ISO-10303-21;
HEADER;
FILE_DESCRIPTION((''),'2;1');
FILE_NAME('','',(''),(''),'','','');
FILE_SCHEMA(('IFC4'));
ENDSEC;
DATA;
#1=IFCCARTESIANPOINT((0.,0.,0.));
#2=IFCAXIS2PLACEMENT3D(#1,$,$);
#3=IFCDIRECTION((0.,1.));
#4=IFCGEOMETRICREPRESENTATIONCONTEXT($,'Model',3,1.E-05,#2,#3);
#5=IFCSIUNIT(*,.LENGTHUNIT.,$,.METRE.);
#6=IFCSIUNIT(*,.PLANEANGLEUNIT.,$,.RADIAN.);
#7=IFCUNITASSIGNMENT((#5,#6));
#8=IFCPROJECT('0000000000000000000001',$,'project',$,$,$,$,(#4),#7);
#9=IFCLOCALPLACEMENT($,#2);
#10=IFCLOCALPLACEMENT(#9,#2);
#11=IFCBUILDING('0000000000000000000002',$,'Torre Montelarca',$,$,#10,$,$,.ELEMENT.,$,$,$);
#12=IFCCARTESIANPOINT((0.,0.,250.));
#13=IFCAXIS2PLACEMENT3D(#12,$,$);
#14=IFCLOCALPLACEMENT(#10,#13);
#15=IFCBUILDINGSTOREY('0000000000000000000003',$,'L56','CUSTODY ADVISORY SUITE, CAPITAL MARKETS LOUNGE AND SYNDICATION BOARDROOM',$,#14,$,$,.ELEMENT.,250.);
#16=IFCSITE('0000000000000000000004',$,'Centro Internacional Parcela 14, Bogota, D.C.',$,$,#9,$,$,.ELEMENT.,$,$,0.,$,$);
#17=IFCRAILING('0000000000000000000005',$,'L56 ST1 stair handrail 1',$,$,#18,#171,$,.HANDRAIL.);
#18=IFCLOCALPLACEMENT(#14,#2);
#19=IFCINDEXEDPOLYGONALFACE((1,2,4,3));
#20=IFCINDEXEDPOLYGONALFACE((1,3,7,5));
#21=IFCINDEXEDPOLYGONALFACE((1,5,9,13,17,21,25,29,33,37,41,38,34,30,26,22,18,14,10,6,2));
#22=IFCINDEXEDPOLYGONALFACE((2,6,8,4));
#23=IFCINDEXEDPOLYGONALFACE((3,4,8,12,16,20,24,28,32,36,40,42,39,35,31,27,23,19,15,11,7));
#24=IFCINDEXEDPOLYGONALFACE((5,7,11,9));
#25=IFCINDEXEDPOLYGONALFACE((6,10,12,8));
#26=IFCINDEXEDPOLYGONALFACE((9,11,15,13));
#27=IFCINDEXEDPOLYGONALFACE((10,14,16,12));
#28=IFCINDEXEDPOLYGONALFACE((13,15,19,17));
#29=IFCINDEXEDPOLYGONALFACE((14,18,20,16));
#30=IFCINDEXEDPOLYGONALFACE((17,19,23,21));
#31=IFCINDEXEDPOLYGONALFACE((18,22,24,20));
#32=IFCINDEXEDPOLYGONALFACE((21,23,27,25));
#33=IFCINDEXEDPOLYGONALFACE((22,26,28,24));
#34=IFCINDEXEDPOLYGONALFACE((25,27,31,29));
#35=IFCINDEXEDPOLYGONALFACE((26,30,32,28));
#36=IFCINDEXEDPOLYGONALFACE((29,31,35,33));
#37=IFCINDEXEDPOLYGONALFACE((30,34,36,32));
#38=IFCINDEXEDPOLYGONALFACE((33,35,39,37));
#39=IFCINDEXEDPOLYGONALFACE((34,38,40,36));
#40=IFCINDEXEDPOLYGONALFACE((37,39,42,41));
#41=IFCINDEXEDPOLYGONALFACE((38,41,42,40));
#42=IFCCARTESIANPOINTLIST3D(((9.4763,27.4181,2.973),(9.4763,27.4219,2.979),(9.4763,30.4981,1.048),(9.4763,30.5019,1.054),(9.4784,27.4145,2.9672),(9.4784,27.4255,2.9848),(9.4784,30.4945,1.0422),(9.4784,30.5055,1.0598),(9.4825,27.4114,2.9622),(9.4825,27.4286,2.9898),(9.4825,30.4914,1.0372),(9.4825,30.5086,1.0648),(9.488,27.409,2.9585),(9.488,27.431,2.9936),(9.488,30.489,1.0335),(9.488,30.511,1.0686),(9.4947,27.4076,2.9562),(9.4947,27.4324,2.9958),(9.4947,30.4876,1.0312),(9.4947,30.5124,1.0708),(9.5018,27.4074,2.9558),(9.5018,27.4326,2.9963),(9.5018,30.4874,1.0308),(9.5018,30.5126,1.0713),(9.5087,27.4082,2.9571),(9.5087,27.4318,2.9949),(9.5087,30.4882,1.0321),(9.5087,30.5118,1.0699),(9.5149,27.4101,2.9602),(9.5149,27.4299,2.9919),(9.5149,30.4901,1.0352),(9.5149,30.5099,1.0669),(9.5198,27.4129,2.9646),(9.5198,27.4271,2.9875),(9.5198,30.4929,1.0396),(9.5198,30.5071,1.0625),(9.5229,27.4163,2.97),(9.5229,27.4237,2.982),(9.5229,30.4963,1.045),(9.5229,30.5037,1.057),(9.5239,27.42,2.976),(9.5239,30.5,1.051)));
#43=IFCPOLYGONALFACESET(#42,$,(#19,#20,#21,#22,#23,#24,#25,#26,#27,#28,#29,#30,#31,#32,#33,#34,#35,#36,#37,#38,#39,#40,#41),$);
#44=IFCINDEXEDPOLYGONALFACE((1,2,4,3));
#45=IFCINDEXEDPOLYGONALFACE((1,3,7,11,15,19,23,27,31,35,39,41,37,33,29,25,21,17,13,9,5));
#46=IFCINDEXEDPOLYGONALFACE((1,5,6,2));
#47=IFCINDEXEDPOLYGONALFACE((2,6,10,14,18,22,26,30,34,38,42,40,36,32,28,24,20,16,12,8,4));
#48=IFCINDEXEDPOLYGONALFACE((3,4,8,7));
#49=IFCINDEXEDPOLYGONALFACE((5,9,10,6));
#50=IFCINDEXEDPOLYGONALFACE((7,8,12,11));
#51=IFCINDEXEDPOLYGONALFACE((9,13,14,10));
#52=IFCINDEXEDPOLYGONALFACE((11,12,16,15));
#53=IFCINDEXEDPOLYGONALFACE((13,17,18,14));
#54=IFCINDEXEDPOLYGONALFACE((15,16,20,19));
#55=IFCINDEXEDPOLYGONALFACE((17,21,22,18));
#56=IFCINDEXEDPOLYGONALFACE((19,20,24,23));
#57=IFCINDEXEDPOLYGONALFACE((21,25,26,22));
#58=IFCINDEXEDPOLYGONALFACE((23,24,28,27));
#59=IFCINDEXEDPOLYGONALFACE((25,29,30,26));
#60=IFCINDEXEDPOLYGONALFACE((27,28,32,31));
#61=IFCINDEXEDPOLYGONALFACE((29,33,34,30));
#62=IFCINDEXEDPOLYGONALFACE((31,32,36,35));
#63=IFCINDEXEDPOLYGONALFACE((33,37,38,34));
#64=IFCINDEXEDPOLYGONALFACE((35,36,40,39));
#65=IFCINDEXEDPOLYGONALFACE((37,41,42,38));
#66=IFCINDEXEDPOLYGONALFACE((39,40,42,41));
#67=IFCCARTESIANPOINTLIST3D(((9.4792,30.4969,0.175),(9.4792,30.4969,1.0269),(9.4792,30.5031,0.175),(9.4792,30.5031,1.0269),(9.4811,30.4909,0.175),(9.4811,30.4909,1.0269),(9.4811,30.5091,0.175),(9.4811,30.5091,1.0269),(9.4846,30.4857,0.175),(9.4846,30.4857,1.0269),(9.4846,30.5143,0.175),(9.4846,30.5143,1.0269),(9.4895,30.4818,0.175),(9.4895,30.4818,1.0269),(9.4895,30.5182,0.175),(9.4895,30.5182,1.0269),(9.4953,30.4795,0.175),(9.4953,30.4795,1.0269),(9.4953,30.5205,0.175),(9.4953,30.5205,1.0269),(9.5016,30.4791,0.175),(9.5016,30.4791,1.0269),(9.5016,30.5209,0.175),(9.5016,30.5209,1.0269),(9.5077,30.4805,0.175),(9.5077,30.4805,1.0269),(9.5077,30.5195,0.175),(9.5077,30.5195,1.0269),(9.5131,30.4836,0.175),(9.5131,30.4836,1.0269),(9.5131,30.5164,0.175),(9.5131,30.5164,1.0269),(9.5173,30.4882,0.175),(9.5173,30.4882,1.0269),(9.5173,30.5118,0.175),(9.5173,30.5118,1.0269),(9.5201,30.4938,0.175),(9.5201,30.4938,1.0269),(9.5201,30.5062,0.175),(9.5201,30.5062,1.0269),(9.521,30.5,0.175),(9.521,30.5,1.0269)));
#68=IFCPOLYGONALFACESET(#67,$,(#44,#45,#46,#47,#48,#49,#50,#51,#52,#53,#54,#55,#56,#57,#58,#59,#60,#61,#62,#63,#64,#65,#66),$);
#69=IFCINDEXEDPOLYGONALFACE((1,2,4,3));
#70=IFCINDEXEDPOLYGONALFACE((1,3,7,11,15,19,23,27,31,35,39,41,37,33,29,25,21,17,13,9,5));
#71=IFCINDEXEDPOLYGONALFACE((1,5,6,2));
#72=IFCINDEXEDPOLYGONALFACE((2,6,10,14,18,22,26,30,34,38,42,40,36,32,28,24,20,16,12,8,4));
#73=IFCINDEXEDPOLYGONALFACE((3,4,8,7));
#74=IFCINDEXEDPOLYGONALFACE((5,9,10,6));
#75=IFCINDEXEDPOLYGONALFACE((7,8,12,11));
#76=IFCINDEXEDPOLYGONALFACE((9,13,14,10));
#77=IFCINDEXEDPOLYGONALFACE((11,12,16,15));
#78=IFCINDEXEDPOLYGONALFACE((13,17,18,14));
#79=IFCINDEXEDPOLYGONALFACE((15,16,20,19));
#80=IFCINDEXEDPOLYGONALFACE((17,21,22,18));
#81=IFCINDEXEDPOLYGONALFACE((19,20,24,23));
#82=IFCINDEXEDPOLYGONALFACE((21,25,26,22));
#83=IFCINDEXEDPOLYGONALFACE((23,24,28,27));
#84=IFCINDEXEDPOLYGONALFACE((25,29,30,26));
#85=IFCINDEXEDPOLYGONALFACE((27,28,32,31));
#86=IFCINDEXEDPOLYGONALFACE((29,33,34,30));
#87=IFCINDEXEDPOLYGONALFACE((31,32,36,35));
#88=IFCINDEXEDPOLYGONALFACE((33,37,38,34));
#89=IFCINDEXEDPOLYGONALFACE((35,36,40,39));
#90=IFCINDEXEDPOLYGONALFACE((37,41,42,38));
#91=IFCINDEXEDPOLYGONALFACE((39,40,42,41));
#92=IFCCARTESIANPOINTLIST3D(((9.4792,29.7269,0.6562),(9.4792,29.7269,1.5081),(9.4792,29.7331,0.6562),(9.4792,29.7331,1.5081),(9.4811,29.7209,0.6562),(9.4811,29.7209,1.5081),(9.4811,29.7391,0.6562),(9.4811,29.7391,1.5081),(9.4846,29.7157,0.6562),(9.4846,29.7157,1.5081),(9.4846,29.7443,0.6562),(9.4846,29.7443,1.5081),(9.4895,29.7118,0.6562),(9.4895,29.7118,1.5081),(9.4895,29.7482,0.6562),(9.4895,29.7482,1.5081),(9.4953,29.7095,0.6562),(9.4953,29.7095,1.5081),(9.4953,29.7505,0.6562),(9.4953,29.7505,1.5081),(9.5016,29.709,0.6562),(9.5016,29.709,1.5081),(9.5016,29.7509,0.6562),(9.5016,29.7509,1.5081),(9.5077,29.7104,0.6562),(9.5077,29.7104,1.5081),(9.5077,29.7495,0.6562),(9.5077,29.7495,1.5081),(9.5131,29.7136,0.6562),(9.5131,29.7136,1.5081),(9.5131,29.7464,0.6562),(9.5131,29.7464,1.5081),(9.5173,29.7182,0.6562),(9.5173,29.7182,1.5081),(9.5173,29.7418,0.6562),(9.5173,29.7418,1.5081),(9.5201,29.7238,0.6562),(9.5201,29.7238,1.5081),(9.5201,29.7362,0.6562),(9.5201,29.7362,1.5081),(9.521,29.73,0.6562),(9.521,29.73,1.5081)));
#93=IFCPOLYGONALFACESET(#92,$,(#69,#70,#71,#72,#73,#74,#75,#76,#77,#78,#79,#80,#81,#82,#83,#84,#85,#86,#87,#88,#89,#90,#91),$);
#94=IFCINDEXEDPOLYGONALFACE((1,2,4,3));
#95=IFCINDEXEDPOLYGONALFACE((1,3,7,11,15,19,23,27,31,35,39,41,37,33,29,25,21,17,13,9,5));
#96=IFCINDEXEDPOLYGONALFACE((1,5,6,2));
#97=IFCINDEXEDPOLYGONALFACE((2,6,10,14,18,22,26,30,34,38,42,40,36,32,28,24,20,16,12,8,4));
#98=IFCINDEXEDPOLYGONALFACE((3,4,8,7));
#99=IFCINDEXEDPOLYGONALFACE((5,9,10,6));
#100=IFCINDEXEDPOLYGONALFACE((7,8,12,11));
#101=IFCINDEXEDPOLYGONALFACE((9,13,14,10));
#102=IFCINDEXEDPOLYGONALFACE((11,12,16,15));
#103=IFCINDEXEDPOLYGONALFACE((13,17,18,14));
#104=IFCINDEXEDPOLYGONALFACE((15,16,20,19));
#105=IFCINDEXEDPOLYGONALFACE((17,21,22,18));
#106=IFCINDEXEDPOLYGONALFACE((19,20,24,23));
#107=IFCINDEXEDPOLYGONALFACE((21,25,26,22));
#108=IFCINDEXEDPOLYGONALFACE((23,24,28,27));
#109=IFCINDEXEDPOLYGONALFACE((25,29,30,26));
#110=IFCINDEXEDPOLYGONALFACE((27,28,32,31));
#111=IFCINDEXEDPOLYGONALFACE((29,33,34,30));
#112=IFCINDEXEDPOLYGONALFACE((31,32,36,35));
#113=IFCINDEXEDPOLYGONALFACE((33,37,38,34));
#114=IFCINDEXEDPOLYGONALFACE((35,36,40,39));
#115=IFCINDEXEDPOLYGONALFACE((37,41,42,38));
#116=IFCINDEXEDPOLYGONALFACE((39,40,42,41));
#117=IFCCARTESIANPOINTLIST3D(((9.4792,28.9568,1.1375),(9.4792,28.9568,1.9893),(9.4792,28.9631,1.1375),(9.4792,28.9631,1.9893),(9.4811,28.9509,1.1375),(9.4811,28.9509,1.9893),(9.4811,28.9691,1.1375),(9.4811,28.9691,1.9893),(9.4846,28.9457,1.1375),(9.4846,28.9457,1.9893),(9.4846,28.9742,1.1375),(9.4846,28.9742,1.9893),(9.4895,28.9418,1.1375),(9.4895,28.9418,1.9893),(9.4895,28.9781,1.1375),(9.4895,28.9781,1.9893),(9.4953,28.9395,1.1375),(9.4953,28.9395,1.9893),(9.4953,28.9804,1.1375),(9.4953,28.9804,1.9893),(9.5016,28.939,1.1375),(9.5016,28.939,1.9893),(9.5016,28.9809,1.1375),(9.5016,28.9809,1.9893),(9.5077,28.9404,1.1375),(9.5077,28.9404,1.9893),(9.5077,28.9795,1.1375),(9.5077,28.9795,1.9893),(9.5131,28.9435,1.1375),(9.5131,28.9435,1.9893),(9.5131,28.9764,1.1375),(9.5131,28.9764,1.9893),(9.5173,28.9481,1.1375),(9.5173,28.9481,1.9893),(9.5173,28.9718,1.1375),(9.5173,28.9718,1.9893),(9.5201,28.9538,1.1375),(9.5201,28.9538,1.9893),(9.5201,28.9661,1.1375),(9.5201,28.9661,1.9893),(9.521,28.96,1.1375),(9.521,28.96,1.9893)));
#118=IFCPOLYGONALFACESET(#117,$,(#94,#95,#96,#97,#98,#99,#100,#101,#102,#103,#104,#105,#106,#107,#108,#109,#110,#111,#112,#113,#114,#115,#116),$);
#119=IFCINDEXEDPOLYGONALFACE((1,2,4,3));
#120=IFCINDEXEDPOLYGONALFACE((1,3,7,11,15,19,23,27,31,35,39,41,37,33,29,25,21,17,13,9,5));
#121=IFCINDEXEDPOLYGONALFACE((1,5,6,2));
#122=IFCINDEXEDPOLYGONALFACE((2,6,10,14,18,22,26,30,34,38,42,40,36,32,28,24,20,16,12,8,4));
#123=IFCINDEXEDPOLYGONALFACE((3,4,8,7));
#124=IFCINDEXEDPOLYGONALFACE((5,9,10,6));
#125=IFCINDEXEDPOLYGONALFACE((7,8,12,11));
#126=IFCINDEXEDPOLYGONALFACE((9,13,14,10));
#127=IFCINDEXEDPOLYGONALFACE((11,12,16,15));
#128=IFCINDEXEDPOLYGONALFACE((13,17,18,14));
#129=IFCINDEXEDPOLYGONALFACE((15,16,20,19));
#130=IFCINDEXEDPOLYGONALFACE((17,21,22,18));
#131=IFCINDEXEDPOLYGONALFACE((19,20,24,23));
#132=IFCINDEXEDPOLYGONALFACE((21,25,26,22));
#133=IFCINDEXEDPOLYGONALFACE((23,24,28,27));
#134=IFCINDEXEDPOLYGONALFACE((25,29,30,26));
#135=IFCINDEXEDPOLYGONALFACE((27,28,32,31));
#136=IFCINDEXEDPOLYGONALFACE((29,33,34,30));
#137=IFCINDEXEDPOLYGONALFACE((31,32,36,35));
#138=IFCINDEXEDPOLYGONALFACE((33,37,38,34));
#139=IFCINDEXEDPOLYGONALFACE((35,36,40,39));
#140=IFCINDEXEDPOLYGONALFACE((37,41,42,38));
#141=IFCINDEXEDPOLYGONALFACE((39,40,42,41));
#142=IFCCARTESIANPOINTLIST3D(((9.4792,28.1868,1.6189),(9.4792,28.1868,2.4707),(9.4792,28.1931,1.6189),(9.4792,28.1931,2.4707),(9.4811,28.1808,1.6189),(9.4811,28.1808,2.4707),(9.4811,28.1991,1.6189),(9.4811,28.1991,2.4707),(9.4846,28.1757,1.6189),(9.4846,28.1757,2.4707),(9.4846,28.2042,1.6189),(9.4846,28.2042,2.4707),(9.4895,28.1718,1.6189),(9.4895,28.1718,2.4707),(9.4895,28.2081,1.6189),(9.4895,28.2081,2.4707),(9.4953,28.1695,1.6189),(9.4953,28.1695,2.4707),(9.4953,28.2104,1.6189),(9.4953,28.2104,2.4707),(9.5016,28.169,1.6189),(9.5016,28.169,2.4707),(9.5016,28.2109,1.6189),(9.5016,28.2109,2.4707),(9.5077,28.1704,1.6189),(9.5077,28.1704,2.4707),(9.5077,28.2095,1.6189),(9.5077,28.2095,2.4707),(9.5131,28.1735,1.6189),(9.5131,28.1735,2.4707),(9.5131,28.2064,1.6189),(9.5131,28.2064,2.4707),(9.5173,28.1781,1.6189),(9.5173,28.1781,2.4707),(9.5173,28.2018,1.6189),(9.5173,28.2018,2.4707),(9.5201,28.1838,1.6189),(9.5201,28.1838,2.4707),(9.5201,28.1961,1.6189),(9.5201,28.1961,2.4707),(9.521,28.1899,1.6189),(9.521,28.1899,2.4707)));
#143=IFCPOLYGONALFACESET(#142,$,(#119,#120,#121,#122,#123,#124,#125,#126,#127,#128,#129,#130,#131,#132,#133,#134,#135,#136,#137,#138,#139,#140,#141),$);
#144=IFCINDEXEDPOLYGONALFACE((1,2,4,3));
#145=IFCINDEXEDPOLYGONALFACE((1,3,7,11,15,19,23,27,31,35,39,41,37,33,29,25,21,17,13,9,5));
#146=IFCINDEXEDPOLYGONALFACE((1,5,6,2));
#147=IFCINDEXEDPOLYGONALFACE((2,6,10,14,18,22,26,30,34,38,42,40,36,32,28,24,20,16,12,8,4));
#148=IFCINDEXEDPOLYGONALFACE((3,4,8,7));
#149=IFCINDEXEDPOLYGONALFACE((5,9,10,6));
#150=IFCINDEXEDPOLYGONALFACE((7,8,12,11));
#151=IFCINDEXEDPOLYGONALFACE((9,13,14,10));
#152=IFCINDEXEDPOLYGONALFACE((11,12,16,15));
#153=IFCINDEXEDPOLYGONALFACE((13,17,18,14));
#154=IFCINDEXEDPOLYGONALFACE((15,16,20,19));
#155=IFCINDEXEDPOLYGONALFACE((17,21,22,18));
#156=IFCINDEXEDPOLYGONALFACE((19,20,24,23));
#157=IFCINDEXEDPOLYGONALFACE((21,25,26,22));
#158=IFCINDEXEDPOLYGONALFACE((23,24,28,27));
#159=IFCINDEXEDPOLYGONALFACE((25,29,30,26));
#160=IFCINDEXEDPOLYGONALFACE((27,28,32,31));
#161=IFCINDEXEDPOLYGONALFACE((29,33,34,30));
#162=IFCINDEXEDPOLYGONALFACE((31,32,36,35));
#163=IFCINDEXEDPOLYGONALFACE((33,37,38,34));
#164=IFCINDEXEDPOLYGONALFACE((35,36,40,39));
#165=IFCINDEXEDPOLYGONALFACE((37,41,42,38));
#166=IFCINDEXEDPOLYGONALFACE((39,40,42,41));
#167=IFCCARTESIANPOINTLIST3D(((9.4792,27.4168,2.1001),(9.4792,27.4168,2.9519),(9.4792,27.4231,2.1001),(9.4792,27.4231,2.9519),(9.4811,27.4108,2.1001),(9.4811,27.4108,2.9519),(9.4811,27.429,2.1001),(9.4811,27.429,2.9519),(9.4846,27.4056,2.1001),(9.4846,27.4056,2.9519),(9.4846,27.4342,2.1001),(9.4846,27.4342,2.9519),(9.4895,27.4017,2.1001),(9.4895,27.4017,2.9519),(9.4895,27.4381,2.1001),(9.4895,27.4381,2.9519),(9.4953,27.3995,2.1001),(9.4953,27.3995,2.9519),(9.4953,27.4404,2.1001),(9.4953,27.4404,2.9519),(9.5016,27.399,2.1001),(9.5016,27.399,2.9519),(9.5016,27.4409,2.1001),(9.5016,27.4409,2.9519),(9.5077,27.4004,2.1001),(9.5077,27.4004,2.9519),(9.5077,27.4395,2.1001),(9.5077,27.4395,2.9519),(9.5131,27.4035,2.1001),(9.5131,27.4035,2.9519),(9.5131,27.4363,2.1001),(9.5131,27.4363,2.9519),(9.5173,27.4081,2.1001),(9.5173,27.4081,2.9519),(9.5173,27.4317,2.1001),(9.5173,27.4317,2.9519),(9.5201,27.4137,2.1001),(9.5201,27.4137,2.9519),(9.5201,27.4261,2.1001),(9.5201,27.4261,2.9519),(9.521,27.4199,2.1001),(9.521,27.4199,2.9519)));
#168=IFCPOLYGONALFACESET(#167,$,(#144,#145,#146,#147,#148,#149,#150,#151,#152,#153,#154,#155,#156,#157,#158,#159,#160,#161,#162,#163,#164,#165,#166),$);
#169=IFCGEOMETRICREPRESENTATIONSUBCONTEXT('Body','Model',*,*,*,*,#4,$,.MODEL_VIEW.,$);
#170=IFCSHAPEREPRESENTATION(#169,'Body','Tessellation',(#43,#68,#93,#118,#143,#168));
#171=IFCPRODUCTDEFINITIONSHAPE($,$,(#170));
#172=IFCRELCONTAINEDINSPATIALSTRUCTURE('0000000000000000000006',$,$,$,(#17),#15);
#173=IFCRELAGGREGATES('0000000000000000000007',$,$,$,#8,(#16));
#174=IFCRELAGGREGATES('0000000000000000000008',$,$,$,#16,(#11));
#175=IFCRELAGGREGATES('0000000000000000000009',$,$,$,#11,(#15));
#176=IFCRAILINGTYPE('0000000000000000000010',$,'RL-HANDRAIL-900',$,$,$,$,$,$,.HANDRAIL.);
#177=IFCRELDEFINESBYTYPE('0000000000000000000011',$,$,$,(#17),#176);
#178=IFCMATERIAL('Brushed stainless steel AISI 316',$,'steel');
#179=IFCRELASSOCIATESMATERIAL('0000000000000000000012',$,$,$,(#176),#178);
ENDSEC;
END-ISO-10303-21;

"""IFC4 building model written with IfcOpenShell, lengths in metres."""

from ifc_helpers import new_model, si_unit, direction, frame, origin, origin_2d, place, context, subcontext, project, spatial, circle, extrude, material, type_object, element, save


model = new_model("IFC4")

# Units and contexts
model_context = context("Model", 3, precision=1e-05, world=origin(), true_north=direction((0.0, 1.0)))
body_context = subcontext(model_context, "Body", "Model", "MODEL_VIEW")
ifc_project = project(units=[si_unit("LENGTHUNIT", "METRE"), si_unit("PLANEANGLEUNIT", "RADIAN")], contexts=[model_context])

# Site, building, storey
site_placement = place(None, origin())
site = spatial("IfcSite", under=ifc_project, at=site_placement, Name="Centro Internacional Parcela 14, Bogota, D.C.", CompositionType="ELEMENT", RefElevation=0.0)
building_placement = place(site_placement, origin())
building = spatial("IfcBuilding", under=site, at=building_placement, Name="Torre Montelarca", CompositionType="ELEMENT")
storey_placement = place(building_placement, frame((0.0, 0.0, 250.0)))
storey = spatial("IfcBuildingStorey", under=building, at=storey_placement, Name="L56", Description="CUSTODY ADVISORY SUITE, CAPITAL MARKETS LOUNGE AND SYNDICATION BOARDROOM", CompositionType="ELEMENT", Elevation=250.0)

# Shared definitions
ifc_material_1 = material(Name="Brushed stainless steel AISI 316", Category="steel")

# Railing
railing_type_1 = type_object("IfcRailingType", Name="RL-HANDRAIL-900", PredefinedType="HANDRAIL", material=ifc_material_1)
railing_1_placement = place(storey_placement, frame((9.5, 30.5, 0.175)))
element("IfcRailing", 1, at=railing_1_placement, inside=storey, type_object=railing_type_1, Name="L56 ST1 stair handrail 1", PredefinedType="HANDRAIL", context=body_context, shape_type="SweptSolid", body=[
    extrude(circle(Radius=0.0239, at=origin_2d()), frame((0.0, 0.0, 0.876), z_axis=(0.0, -0.847998, 0.529999), x_axis=(1.0, 0.0, 0.0)), (0.0, 0.0, 1.0), 3.6321),
    extrude(circle(Radius=0.021, at=origin_2d()), origin(), (0.0, 0.0, 1.0), 0.8518),
    extrude(circle(Radius=0.021, at=origin_2d()), frame((0.0, -0.77, 0.4812)), (0.0, 0.0, 1.0), 0.8518),
    extrude(circle(Radius=0.021, at=origin_2d()), frame((0.0, -1.54, 0.9624)), (0.0, 0.0, 1.0), 0.8518),
    extrude(circle(Radius=0.021, at=origin_2d()), frame((0.0, -2.3101, 1.4438)), (0.0, 0.0, 1.0), 0.8518),
    extrude(circle(Radius=0.021, at=origin_2d()), frame((0.0, -3.0801, 1.925)), (0.0, 0.0, 1.0), 0.8518),
])

save(model, "model.ifc")
